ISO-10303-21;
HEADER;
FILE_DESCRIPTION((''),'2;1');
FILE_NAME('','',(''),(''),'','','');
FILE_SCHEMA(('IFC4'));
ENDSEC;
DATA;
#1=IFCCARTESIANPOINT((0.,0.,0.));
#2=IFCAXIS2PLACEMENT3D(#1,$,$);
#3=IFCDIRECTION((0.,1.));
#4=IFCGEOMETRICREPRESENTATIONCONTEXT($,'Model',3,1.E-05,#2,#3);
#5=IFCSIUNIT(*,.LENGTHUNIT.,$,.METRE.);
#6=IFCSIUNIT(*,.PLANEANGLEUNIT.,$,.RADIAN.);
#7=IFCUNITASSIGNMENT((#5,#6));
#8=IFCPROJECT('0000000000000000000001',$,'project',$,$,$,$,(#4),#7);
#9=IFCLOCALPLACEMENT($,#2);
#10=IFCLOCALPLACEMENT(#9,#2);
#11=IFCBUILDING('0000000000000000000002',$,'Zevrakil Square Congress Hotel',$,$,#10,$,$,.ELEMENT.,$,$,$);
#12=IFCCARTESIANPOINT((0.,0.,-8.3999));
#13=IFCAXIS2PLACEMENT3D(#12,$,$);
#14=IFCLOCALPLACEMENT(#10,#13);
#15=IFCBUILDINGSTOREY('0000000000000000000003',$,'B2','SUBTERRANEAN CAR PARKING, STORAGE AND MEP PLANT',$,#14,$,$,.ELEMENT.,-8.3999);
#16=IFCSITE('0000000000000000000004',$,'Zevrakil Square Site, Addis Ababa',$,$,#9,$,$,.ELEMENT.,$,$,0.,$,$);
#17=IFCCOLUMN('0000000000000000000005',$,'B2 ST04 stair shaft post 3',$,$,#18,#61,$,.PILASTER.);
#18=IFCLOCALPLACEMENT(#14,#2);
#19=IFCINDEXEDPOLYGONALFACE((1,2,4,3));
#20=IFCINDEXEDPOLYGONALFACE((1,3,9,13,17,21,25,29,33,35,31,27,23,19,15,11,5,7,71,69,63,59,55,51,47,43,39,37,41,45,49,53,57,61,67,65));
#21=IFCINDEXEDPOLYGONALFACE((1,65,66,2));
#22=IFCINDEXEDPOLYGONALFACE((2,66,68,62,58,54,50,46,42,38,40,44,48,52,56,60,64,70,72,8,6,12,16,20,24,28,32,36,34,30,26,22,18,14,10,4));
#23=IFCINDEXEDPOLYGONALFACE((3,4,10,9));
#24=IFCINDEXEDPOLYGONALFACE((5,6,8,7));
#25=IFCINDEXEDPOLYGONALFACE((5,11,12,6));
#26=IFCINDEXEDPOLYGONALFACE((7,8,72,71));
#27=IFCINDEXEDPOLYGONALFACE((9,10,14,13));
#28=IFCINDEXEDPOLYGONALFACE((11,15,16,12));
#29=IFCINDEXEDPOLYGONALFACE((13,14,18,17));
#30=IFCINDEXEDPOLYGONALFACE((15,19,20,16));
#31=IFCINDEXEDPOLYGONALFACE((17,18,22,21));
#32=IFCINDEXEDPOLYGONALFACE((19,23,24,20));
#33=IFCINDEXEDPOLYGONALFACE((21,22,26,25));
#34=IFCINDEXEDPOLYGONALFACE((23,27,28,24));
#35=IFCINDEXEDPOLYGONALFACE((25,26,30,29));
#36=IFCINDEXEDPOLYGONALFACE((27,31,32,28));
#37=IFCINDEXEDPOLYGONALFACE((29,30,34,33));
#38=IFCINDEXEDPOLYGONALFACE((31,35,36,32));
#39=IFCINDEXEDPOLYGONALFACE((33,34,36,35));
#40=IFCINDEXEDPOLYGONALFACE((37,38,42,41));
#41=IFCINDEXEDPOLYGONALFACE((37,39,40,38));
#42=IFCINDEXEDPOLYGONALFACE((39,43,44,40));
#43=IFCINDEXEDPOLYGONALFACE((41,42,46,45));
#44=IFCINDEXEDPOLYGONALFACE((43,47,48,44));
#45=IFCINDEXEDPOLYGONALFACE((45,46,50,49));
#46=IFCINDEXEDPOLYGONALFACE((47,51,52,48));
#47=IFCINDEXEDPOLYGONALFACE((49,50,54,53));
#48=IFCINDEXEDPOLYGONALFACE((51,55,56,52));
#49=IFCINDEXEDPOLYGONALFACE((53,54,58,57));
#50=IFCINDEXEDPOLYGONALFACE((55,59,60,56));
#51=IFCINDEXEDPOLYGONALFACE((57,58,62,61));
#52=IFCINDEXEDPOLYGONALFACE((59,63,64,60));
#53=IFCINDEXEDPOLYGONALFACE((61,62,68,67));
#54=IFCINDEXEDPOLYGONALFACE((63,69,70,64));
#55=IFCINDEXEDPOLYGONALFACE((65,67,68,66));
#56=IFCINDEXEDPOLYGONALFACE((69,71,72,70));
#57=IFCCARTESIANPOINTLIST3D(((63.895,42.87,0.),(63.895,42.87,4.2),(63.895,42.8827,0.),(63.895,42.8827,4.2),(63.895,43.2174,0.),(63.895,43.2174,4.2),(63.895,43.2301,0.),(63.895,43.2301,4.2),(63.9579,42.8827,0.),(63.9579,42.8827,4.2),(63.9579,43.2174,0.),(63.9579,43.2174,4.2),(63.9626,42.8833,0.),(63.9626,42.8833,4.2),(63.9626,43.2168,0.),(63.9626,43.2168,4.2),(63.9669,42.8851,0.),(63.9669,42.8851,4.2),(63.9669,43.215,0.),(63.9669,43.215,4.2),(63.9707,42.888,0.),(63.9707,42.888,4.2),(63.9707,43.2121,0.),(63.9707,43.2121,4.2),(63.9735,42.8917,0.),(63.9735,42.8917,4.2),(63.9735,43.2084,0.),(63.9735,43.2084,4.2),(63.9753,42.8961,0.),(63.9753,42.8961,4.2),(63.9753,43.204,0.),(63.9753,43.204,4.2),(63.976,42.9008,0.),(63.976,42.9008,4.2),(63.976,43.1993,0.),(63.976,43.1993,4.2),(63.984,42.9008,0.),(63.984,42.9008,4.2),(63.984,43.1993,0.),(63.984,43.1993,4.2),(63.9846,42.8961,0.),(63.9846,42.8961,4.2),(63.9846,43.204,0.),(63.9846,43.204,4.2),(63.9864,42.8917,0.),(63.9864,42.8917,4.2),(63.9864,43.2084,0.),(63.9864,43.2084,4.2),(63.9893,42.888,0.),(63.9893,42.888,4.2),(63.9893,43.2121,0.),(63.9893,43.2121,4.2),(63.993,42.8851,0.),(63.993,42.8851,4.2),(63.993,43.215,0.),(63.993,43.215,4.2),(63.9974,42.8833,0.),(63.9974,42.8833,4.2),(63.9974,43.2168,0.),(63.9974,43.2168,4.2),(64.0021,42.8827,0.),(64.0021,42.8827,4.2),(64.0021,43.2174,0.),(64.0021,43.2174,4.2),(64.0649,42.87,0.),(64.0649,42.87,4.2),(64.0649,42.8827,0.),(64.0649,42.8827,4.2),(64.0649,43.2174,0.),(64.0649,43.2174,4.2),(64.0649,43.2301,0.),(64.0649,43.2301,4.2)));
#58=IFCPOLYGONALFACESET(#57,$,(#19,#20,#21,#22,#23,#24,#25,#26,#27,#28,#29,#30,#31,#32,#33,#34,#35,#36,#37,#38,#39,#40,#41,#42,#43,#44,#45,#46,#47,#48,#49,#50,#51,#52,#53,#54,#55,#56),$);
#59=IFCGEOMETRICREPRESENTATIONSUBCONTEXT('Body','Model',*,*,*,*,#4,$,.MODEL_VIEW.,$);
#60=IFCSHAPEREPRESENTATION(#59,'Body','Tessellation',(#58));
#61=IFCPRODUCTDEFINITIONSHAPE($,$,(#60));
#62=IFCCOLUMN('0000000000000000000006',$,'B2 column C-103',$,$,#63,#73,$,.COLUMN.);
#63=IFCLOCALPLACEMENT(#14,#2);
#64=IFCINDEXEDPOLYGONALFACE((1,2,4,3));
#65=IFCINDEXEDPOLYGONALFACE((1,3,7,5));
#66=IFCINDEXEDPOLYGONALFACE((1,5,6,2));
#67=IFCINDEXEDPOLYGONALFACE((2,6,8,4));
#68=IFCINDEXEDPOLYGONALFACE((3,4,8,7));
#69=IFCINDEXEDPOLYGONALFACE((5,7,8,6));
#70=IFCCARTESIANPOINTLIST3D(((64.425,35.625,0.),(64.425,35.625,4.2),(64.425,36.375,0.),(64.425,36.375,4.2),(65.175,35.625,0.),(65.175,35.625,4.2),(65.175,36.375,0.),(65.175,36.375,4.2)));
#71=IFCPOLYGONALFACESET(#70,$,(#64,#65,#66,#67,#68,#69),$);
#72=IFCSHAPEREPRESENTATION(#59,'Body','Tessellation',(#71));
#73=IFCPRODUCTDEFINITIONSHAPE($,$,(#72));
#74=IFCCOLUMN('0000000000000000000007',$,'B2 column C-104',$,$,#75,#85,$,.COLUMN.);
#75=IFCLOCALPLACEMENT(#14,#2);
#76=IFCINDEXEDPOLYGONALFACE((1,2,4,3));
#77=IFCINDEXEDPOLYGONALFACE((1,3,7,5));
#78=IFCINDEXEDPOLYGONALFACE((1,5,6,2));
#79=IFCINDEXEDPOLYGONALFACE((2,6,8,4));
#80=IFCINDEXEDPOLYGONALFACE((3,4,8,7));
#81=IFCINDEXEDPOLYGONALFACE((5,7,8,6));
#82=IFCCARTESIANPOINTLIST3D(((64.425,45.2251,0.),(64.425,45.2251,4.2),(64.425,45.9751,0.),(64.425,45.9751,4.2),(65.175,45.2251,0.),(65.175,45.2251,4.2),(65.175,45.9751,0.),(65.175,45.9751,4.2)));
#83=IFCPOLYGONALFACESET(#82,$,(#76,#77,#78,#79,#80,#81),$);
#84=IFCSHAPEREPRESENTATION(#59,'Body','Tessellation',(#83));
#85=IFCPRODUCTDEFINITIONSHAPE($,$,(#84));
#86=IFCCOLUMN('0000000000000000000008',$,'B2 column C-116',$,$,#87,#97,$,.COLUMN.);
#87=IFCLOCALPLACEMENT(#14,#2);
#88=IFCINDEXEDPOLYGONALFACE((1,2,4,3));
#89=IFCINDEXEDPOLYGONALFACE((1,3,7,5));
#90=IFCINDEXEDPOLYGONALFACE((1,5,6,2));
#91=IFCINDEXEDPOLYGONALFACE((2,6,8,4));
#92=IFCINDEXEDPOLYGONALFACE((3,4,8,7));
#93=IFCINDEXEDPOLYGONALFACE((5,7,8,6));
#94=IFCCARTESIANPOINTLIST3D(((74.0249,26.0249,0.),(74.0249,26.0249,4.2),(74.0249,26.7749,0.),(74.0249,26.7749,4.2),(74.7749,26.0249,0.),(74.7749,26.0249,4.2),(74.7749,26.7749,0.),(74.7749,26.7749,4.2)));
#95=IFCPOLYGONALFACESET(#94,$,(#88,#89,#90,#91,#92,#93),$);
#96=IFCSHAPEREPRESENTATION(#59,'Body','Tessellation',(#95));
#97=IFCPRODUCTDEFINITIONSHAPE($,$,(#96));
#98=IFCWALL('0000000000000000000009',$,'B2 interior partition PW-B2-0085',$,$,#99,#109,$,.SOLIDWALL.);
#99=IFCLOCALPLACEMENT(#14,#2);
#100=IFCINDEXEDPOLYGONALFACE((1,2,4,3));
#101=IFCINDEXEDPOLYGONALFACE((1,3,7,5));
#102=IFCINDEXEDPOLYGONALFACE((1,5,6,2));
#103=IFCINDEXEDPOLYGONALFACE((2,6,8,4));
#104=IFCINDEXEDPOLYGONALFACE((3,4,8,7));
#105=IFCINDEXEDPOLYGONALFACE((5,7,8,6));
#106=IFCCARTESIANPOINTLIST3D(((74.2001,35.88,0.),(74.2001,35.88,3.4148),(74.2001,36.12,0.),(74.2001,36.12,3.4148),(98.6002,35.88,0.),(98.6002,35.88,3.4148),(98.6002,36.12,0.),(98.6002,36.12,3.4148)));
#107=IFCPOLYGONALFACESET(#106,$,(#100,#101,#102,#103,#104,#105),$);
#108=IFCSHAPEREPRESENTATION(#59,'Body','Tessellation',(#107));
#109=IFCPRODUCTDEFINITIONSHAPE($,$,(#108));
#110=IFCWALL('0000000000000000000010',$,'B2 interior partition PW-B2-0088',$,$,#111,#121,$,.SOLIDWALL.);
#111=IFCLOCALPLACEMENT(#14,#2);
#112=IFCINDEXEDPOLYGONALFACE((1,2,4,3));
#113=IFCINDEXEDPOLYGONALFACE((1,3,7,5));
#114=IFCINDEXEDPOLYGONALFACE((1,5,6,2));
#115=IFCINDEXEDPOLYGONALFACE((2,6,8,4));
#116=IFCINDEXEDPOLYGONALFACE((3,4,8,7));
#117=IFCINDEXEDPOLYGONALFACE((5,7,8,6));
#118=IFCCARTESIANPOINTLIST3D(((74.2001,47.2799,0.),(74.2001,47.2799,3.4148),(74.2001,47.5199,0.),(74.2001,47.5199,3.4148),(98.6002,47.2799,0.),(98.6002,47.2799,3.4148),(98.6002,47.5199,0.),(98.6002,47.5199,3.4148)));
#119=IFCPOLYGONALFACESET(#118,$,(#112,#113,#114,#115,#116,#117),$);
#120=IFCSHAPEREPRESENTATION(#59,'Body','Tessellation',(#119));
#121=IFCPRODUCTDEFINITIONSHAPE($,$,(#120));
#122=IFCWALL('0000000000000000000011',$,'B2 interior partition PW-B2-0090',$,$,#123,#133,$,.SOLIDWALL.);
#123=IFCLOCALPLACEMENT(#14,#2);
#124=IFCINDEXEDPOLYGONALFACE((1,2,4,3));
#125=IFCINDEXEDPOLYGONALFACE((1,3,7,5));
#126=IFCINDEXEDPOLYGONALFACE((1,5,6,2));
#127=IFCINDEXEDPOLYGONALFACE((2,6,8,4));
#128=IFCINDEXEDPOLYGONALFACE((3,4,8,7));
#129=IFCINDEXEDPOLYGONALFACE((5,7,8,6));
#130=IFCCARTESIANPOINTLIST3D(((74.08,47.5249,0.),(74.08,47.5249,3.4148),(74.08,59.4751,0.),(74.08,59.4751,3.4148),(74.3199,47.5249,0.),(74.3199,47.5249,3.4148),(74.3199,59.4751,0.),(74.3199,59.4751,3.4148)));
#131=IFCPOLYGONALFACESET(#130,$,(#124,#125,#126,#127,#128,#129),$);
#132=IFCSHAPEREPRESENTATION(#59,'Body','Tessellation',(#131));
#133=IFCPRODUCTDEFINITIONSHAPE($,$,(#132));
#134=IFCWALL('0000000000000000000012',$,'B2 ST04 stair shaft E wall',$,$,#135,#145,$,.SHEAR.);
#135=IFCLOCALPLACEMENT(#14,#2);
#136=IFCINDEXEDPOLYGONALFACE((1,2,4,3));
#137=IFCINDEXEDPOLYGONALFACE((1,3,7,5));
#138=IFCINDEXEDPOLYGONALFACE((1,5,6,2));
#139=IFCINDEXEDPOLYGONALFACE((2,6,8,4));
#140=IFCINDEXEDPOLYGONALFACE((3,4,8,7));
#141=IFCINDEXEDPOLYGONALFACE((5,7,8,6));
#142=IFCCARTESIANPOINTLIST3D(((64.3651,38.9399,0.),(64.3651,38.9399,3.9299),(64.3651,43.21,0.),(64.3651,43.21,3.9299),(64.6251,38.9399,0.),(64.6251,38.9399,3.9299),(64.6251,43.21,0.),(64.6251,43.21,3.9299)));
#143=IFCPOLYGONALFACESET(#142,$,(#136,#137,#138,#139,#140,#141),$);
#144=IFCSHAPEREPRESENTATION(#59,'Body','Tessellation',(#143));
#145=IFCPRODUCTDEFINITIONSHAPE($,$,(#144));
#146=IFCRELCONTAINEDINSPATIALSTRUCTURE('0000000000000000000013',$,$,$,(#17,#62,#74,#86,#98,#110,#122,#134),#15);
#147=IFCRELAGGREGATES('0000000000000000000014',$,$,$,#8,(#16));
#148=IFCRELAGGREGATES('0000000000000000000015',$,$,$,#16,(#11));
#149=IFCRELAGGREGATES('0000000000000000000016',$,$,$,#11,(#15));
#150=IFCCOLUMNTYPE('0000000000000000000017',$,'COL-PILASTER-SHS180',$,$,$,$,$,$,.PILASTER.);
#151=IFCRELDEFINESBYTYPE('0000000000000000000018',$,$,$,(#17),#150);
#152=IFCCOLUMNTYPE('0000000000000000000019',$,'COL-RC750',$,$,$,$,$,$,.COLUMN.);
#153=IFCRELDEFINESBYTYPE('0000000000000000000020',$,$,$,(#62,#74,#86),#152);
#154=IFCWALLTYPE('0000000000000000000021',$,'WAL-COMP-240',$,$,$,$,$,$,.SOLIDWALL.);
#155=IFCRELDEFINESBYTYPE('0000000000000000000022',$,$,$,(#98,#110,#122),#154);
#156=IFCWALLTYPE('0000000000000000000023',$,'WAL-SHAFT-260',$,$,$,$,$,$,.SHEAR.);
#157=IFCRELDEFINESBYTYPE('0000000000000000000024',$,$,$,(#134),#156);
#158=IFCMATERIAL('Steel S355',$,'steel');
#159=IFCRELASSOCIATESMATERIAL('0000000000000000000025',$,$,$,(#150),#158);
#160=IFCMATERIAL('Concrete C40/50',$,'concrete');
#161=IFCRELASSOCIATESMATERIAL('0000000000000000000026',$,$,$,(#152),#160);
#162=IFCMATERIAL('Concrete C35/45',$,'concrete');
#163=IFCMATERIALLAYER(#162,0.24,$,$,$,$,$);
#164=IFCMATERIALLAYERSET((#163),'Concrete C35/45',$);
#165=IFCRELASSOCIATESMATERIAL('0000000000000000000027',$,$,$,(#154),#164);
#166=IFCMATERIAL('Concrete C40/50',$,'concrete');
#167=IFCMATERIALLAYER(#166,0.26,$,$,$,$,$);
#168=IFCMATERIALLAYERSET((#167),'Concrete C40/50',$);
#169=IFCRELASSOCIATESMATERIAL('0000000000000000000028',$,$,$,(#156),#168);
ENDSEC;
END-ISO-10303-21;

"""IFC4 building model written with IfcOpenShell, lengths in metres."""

from ifc_helpers import new_model, si_unit, direction, frame, frame_2d, origin, origin_2d, place, context, subcontext, project, spatial, rectangle, i_section, extrude, material, layer, layer_set, material_profile, profile_set, type_object, element, save


model = new_model("IFC4")

# Units and contexts
model_context = context("Model", 3, precision=1e-05, world=origin(), true_north=direction((0.0, 1.0)))
body_context = subcontext(model_context, "Body", "Model", "MODEL_VIEW")
ifc_project = project(units=[si_unit("LENGTHUNIT", "METRE"), si_unit("PLANEANGLEUNIT", "RADIAN")], contexts=[model_context])

# Site, building, storey
site_placement = place(None, origin())
site = spatial("IfcSite", under=ifc_project, at=site_placement, Name="Zevrakil Square Site, Addis Ababa", CompositionType="ELEMENT", RefElevation=0.0)
building_placement = place(site_placement, origin())
building = spatial("IfcBuilding", under=site, at=building_placement, Name="Zevrakil Square Congress Hotel", CompositionType="ELEMENT")
storey_placement = place(building_placement, frame((0.0, 0.0, -8.3999)))
storey = spatial("IfcBuildingStorey", under=building, at=storey_placement, Name="B2", Description="SUBTERRANEAN CAR PARKING, STORAGE AND MEP PLANT", CompositionType="ELEMENT", Elevation=-8.3999)

# Columns
ifc_material_1 = material(Name="Steel S355", Category="steel")
ifc_material_profile_1 = material_profile(ifc_material_1, i_section(OverallWidth=0.1699, OverallDepth=0.3601, WebThickness=0.0081, FlangeThickness=0.0127, FilletRadius=0.0181, at=origin_2d()), Name="IPE 360")
ifc_profile_set_1 = profile_set([ifc_material_profile_1], Name="Steel S355")
column_type_1 = type_object("IfcColumnType", Name="COL-PILASTER-SHS180", PredefinedType="PILASTER", material=ifc_profile_set_1)
for number, where, z_axis, x_axis, name in (
    (1, (63.98, 43.05, 0.0), (0.0, 0.0, 1.0), (1.0, 0.0, 0.0), "B2 ST04 stair shaft post 3"),
):
    element("IfcColumn", number, at=place(storey_placement, frame(where, z_axis=z_axis, x_axis=x_axis)), inside=storey, type_object=column_type_1, Name=name, PredefinedType="PILASTER", context=body_context, shape_type="SweptSolid", body=[
        extrude(i_section(OverallWidth=0.1699, OverallDepth=0.3601, WebThickness=0.0081, FlangeThickness=0.0127, FilletRadius=0.0181, at=origin_2d()), origin(), (0.0, 0.0, 1.0), 4.2),
    ])
ifc_material_2 = material(Name="Concrete C40/50", Category="concrete")
ifc_material_profile_2 = material_profile(ifc_material_2, rectangle(XDim=0.75, YDim=0.75, at=origin_2d()), Name="RC 750x750")
ifc_profile_set_2 = profile_set([ifc_material_profile_2], Name="Concrete C40/50")
column_type_2 = type_object("IfcColumnType", Name="COL-RC750", PredefinedType="COLUMN", material=ifc_profile_set_2)
for number, where, z_axis, x_axis, name in (
    (2, (64.8, 36.0, 0.0), (0.0, 0.0, 1.0), (1.0, 0.0, 0.0), "B2 column C-103"),
    (3, (64.8, 45.6001, 0.0), (0.0, 0.0, 1.0), (1.0, 0.0, 0.0), "B2 column C-104"),
    (4, (74.3999, 26.3999, 0.0), (0.0, 0.0, 1.0), (1.0, 0.0, 0.0), "B2 column C-116"),
):
    element("IfcColumn", number, at=place(storey_placement, frame(where, z_axis=z_axis, x_axis=x_axis)), inside=storey, type_object=column_type_2, Name=name, PredefinedType="COLUMN", context=body_context, shape_type="SweptSolid", body=[
        extrude(rectangle(XDim=0.75, YDim=0.75, at=origin_2d()), origin(), (0.0, 0.0, 1.0), 4.2),
    ])

# Walls
ifc_material_3 = material(Name="Concrete C35/45", Category="concrete")
ifc_layer_1 = layer(ifc_material_3, 0.24)
ifc_layer_set_1 = layer_set([ifc_layer_1], Name="Concrete C35/45")
wall_type_1 = type_object("IfcWallType", Name="WAL-COMP-240", PredefinedType="SOLIDWALL", material=ifc_layer_set_1)
for number, where, z_axis, x_axis, name in (
    (5, (74.2, 36.0, 0.0), (0.0, 0.0, 1.0), (1.0, 0.0, 0.0), "B2 interior partition PW-B2-0085"),
    (6, (74.2, 47.3999, 0.0), (0.0, 0.0, 1.0), (1.0, 0.0, 0.0), "B2 interior partition PW-B2-0088"),
):
    element("IfcWall", number, at=place(storey_placement, frame(where, z_axis=z_axis, x_axis=x_axis)), inside=storey, type_object=wall_type_1, Name=name, PredefinedType="SOLIDWALL", context=body_context, shape_type="SweptSolid", body=[
        extrude(rectangle(XDim=24.4001, YDim=0.24, at=frame_2d((12.2002, 0.0))), origin(), (0.0, 0.0, 1.0), 3.4148),
    ])
wall_1_placement = place(storey_placement, frame((74.2, 47.5249, 0.0), z_axis=(0.0, 0.0, 1.0), x_axis=(0.0, 1.0, 0.0)))
element("IfcWall", 7, at=wall_1_placement, inside=storey, type_object=wall_type_1, Name="B2 interior partition PW-B2-0090", PredefinedType="SOLIDWALL", context=body_context, shape_type="SweptSolid", body=[
    extrude(rectangle(XDim=11.9502, YDim=0.24, at=frame_2d((5.9751, 0.0))), origin(), (0.0, 0.0, 1.0), 3.4148),
])
ifc_material_4 = material(Name="Concrete C40/50", Category="concrete")
ifc_layer_2 = layer(ifc_material_4, 0.26)
ifc_layer_set_2 = layer_set([ifc_layer_2], Name="Concrete C40/50")
wall_type_2 = type_object("IfcWallType", Name="WAL-SHAFT-260", PredefinedType="SHEAR", material=ifc_layer_set_2)
wall_2_placement = place(storey_placement, frame((64.4951, 38.9399, 0.0), z_axis=(0.0, 0.0, 1.0), x_axis=(0.0, 1.0, 0.0)))
element("IfcWall", 8, at=wall_2_placement, inside=storey, type_object=wall_type_2, Name="B2 ST04 stair shaft E wall", PredefinedType="SHEAR", context=body_context, shape_type="SweptSolid", body=[
    extrude(rectangle(XDim=4.27, YDim=0.26, at=frame_2d((2.135, 0.0))), origin(), (0.0, 0.0, 1.0), 3.9299),
])

save(model, "model.ifc")
